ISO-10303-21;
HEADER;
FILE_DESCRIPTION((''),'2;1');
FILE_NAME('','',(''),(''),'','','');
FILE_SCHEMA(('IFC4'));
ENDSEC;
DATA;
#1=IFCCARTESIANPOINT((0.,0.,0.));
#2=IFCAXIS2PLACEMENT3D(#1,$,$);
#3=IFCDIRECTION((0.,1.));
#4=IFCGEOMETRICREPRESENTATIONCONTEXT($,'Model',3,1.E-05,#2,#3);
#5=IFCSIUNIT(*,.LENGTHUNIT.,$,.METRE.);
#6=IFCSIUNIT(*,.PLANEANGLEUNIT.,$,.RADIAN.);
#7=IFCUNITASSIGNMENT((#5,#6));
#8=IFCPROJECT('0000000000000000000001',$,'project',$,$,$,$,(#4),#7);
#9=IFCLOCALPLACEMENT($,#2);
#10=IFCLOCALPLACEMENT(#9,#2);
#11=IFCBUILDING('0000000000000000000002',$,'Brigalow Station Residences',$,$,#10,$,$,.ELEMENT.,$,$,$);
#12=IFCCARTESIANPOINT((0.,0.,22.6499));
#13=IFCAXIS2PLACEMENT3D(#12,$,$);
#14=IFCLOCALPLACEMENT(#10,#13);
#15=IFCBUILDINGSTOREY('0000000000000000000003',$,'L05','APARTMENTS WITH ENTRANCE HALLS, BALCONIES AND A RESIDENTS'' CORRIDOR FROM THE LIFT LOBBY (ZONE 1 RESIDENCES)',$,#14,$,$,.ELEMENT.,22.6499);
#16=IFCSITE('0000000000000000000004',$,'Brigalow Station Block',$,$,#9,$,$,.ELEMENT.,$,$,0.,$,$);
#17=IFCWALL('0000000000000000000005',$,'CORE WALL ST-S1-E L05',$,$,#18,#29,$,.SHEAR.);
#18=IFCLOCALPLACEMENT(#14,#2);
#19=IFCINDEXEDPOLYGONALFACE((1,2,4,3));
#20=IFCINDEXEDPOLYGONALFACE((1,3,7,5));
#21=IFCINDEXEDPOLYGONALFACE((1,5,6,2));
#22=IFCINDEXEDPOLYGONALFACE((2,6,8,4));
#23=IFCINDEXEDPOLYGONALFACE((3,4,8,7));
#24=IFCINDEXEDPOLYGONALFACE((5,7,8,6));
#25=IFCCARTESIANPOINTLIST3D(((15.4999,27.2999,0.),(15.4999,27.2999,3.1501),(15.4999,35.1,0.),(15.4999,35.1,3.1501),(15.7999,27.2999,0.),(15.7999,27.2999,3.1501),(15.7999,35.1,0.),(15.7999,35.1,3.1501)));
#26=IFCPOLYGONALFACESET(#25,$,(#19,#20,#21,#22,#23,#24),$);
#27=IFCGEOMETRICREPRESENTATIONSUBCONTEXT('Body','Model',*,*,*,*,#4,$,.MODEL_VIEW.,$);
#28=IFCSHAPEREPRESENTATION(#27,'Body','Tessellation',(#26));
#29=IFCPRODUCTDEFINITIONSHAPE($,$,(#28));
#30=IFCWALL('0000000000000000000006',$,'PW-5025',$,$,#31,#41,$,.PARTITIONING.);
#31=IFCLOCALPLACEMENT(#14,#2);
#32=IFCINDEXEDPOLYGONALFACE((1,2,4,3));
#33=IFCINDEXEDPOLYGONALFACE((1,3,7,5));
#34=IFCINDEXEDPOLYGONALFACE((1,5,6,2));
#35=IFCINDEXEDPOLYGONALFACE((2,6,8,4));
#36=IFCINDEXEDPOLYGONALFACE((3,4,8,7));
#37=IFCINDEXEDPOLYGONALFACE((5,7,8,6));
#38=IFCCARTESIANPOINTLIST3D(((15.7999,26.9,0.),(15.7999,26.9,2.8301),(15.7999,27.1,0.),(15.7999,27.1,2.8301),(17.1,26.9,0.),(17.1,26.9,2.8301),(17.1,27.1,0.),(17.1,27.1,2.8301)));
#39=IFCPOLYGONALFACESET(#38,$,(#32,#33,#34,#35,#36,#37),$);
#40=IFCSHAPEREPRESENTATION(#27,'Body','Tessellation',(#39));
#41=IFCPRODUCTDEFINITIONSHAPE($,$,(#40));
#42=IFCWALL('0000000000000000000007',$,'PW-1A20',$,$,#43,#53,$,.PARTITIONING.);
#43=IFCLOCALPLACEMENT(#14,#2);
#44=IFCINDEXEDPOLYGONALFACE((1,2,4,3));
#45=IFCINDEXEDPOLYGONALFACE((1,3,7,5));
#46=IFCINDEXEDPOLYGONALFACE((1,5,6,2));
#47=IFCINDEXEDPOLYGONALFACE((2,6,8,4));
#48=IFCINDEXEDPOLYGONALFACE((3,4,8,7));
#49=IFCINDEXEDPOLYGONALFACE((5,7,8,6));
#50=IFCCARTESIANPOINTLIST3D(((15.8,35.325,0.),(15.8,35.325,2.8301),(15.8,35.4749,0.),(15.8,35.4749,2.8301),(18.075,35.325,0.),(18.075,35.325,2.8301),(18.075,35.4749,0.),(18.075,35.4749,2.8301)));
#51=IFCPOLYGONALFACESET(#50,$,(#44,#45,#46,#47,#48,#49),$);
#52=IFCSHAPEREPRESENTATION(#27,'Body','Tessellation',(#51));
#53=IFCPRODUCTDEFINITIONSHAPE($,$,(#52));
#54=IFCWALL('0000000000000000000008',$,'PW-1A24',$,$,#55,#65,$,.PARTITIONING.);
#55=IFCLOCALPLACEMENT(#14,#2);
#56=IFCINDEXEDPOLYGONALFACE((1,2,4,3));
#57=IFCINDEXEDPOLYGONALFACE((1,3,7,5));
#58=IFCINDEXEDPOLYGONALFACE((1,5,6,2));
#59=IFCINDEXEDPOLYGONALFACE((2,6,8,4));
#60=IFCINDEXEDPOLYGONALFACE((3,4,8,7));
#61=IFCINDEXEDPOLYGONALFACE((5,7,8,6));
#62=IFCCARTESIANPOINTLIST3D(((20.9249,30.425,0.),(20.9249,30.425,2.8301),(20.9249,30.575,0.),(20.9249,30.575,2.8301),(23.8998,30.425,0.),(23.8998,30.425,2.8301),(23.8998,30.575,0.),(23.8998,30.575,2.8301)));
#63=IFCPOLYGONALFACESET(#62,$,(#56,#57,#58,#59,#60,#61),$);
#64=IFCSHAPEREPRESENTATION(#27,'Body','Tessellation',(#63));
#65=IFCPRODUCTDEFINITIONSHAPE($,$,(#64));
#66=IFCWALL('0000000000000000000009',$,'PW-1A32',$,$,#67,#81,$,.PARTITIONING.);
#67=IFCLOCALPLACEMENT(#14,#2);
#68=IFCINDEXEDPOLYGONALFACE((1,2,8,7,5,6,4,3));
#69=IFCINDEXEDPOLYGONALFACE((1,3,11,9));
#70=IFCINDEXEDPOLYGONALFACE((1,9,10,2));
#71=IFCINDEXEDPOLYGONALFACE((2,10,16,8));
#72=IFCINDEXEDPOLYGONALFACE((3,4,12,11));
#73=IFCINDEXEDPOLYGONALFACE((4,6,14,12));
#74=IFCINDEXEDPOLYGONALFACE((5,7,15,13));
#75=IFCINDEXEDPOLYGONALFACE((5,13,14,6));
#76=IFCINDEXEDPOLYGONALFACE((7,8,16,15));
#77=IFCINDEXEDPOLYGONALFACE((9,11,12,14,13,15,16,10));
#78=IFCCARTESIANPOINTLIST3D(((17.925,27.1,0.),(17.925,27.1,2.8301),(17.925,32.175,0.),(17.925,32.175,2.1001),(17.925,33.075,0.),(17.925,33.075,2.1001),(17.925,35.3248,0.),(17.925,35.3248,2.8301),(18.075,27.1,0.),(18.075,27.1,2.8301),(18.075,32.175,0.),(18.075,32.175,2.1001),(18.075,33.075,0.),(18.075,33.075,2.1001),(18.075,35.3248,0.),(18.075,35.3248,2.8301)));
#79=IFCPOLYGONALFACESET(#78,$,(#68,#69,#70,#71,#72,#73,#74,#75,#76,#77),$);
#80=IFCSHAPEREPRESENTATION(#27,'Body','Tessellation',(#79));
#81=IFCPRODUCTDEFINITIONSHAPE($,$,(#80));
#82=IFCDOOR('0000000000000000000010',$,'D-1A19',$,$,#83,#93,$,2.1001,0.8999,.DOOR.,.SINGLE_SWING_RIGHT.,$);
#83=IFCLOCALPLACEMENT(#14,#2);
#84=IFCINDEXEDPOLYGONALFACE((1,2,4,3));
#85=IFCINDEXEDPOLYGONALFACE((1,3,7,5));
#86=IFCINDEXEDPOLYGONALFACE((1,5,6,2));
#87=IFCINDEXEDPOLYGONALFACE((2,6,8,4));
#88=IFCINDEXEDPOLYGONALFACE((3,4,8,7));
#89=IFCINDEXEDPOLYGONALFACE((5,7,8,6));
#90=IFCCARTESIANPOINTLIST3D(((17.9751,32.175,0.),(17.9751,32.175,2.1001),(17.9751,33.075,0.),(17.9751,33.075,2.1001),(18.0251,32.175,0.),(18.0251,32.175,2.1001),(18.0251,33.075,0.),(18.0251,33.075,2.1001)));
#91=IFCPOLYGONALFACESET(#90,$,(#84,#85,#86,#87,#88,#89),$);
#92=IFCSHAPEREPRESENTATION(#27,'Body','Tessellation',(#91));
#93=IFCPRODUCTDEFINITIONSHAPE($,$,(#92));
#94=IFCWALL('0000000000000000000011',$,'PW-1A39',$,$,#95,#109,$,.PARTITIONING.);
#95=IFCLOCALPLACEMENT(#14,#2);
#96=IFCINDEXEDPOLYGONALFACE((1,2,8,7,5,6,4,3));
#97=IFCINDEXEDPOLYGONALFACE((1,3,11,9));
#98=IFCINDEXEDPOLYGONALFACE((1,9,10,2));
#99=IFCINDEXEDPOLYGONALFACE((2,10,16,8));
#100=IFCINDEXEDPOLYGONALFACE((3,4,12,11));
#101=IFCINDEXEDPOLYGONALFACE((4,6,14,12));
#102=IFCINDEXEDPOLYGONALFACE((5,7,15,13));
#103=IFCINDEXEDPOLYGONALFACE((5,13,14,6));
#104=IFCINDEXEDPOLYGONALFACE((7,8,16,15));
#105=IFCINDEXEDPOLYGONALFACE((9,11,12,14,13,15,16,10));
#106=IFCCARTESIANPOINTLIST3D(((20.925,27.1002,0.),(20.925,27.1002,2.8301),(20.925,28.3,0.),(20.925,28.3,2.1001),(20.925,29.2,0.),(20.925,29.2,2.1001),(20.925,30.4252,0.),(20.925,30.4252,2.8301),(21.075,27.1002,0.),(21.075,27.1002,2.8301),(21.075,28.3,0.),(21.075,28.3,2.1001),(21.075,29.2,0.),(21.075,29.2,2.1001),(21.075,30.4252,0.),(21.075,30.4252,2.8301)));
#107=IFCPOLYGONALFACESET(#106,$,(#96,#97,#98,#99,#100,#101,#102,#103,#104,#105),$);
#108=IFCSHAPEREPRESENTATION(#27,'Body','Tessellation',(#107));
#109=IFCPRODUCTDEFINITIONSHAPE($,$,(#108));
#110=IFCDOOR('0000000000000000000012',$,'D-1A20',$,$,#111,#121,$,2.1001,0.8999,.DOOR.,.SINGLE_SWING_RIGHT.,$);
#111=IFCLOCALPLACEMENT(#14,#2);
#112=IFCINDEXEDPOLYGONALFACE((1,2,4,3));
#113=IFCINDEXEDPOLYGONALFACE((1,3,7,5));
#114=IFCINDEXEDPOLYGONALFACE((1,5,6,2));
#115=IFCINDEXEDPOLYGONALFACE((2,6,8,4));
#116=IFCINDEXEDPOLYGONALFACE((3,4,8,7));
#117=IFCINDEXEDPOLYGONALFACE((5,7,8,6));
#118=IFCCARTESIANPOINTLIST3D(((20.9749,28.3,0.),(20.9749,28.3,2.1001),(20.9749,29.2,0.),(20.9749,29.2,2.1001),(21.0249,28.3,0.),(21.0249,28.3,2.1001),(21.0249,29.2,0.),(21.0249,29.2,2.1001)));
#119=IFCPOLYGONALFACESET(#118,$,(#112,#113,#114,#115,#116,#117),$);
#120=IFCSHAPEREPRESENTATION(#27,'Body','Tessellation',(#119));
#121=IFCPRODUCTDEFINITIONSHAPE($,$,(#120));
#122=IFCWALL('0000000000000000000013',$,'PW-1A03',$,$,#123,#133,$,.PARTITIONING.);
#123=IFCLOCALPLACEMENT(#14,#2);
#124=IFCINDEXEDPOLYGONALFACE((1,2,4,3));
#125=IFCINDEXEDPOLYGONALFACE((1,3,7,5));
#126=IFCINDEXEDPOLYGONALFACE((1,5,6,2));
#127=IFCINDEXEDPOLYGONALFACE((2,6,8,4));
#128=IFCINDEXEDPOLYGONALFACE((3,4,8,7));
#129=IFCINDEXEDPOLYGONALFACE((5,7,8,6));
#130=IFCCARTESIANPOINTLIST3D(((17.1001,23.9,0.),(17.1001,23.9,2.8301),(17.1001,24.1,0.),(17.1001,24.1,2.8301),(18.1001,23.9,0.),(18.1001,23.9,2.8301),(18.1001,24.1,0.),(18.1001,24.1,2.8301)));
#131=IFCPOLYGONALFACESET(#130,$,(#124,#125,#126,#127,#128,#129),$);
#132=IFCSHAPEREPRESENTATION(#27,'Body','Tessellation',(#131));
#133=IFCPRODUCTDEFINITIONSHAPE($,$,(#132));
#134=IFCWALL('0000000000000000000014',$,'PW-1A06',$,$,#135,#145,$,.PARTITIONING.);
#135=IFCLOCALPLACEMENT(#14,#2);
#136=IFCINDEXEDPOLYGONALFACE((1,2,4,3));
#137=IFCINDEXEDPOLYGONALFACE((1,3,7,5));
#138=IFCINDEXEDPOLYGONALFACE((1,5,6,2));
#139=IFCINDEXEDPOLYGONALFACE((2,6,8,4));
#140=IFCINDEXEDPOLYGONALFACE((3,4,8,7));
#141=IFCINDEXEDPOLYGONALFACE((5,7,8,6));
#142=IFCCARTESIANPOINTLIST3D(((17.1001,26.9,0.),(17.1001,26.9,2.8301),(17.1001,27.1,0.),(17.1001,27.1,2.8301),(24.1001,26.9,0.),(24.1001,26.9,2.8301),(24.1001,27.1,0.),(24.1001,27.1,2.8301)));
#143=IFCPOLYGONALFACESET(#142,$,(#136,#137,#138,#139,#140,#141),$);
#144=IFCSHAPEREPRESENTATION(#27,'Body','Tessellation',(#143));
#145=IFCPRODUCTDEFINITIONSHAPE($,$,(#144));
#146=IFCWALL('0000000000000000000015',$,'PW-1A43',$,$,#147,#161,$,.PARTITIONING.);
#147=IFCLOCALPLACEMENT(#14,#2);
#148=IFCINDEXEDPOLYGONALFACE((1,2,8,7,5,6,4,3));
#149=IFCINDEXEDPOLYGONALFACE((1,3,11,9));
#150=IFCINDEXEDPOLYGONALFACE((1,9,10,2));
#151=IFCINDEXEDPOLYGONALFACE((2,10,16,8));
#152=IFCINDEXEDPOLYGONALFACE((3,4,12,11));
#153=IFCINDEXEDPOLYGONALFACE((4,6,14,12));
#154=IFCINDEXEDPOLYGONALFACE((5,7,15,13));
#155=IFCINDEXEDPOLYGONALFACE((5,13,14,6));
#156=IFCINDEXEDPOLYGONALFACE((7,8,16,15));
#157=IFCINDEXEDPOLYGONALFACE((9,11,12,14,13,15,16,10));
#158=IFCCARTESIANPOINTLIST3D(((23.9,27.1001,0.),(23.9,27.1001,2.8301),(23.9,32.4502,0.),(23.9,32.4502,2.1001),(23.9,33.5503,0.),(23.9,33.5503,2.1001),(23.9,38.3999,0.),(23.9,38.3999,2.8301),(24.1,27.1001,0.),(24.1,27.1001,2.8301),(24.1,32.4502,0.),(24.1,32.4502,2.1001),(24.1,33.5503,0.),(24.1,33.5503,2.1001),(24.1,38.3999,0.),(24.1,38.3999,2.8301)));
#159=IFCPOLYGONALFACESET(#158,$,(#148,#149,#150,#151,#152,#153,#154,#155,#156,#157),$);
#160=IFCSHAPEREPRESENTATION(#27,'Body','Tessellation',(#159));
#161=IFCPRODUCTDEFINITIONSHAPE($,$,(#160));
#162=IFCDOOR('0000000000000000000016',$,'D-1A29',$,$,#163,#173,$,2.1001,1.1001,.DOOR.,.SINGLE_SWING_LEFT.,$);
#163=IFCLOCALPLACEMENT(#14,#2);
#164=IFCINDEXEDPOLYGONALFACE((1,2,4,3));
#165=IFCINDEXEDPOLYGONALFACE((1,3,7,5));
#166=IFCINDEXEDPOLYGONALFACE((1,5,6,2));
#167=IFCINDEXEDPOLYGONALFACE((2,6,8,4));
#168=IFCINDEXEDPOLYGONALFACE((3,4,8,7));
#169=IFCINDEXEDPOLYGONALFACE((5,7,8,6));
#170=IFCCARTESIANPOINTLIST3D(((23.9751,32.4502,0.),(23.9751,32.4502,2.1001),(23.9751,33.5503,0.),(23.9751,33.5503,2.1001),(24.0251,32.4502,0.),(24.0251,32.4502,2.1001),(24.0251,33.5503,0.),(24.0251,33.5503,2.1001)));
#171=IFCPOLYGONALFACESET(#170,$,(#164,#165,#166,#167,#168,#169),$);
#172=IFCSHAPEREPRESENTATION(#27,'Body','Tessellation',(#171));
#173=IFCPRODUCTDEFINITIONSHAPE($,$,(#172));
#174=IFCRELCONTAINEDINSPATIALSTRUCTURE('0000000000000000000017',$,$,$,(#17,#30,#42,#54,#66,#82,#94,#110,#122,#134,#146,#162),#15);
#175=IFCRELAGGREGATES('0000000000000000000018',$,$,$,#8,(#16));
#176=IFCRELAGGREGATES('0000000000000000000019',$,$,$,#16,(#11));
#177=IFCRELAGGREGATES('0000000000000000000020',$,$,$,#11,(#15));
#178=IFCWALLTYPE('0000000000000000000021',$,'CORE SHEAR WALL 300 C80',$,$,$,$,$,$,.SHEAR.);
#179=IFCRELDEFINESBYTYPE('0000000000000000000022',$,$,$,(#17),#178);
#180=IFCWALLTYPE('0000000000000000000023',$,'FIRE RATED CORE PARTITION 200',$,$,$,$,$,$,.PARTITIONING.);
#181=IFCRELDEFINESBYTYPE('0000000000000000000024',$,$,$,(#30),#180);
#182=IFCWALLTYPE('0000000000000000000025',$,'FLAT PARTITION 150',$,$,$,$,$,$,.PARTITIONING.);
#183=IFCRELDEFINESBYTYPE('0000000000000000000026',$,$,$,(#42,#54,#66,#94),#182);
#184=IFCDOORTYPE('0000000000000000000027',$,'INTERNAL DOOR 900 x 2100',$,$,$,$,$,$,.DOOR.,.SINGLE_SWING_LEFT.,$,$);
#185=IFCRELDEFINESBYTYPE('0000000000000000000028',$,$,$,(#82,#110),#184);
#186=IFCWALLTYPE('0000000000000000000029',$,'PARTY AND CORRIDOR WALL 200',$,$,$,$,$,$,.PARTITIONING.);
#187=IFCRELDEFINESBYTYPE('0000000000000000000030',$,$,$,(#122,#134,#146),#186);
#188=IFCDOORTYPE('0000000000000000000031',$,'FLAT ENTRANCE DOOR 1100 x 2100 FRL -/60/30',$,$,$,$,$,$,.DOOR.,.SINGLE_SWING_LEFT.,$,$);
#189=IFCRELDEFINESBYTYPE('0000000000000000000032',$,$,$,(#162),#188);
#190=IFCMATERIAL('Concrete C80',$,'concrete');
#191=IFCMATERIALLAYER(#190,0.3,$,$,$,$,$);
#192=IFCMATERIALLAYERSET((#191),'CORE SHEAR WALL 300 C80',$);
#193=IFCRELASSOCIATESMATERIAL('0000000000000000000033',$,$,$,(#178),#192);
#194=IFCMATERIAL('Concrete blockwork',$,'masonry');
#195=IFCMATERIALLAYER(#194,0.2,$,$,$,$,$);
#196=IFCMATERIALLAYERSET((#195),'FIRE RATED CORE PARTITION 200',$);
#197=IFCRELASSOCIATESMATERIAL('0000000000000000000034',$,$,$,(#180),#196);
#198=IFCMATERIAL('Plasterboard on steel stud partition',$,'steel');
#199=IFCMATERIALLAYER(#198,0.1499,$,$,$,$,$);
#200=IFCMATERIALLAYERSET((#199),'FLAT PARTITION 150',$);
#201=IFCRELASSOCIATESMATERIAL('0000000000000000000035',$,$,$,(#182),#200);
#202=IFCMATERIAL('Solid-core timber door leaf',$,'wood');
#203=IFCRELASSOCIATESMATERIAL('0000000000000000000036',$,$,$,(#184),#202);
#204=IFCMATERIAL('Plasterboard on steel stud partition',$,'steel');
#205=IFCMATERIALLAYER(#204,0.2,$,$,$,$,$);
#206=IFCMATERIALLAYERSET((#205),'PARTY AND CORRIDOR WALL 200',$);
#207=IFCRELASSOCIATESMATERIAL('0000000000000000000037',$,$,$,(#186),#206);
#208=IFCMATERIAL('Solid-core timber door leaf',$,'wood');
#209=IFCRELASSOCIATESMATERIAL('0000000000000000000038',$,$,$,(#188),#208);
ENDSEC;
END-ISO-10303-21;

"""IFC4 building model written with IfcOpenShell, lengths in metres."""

from ifc_helpers import new_model, si_unit, direction, frame, frame_2d, origin, place, context, subcontext, project, spatial, rectangle, extrude, material, layer, layer_set, type_object, element, fill, save


model = new_model("IFC4")

# Units and contexts
model_context = context("Model", 3, precision=1e-05, world=origin(), true_north=direction((0.0, 1.0)))
body_context = subcontext(model_context, "Body", "Model", "MODEL_VIEW")
ifc_project = project(units=[si_unit("LENGTHUNIT", "METRE"), si_unit("PLANEANGLEUNIT", "RADIAN")], contexts=[model_context])

# Site, building, storey
site_placement = place(None, origin())
site = spatial("IfcSite", under=ifc_project, at=site_placement, Name="Brigalow Station Block", CompositionType="ELEMENT", RefElevation=0.0)
building_placement = place(site_placement, origin())
building = spatial("IfcBuilding", under=site, at=building_placement, Name="Brigalow Station Residences", CompositionType="ELEMENT")
storey_placement = place(building_placement, frame((0.0, 0.0, 22.6499)))
storey = spatial("IfcBuildingStorey", under=building, at=storey_placement, Name="L05", Description="APARTMENTS WITH ENTRANCE HALLS, BALCONIES AND A RESIDENTS' CORRIDOR FROM THE LIFT LOBBY (ZONE 1 RESIDENCES)", CompositionType="ELEMENT", Elevation=22.6499)

# Walls
ifc_material_1 = material(Name="Concrete C80", Category="concrete")
ifc_layer_1 = layer(ifc_material_1, 0.3)
ifc_layer_set_1 = layer_set([ifc_layer_1], Name="CORE SHEAR WALL 300 C80")
wall_type_1 = type_object("IfcWallType", Name="CORE SHEAR WALL 300 C80", PredefinedType="SHEAR", material=ifc_layer_set_1)
wall_1_placement = place(storey_placement, frame((15.6499, 27.3, 0.0), z_axis=(0.0, 0.0, 1.0), x_axis=(0.0, 1.0, 0.0)))
element("IfcWall", 1, at=wall_1_placement, inside=storey, type_object=wall_type_1, Name="CORE WALL ST-S1-E L05", PredefinedType="SHEAR", context=body_context, shape_type="SweptSolid", body=[
    extrude(rectangle(XDim=7.8, YDim=0.3, at=frame_2d((3.8999, 0.0))), origin(), (0.0, 0.0, 1.0), 3.1501),
])
ifc_material_2 = material(Name="Concrete blockwork", Category="masonry")
ifc_layer_2 = layer(ifc_material_2, 0.2)
ifc_layer_set_2 = layer_set([ifc_layer_2], Name="FIRE RATED CORE PARTITION 200")
wall_type_2 = type_object("IfcWallType", Name="FIRE RATED CORE PARTITION 200", PredefinedType="PARTITIONING", material=ifc_layer_set_2)
wall_2_placement = place(storey_placement, frame((15.8, 27.0, 0.0), z_axis=(0.0, 0.0, 1.0), x_axis=(1.0, 0.0, 0.0)))
element("IfcWall", 2, at=wall_2_placement, inside=storey, type_object=wall_type_2, Name="PW-5025", PredefinedType="PARTITIONING", context=body_context, shape_type="SweptSolid", body=[
    extrude(rectangle(XDim=1.3, YDim=0.2, at=frame_2d((0.6499, 0.0))), origin(), (0.0, 0.0, 1.0), 2.8301),
])
ifc_material_3 = material(Name="Plasterboard on steel stud partition", Category="steel")
ifc_layer_3 = layer(ifc_material_3, 0.1499)
ifc_layer_set_3 = layer_set([ifc_layer_3], Name="FLAT PARTITION 150")
wall_type_3 = type_object("IfcWallType", Name="FLAT PARTITION 150", PredefinedType="PARTITIONING", material=ifc_layer_set_3)
wall_3_placement = place(storey_placement, frame((15.8, 35.3999, 0.0), z_axis=(0.0, 0.0, 1.0), x_axis=(1.0, 0.0, 0.0)))
element("IfcWall", 3, at=wall_3_placement, inside=storey, type_object=wall_type_3, Name="PW-1A20", PredefinedType="PARTITIONING", context=body_context, shape_type="SweptSolid", body=[
    extrude(rectangle(XDim=2.2749, YDim=0.1499, at=frame_2d((1.1375, 0.0))), origin(), (0.0, 0.0, 1.0), 2.8301),
])
wall_4_placement = place(storey_placement, frame((20.925, 30.5, 0.0), z_axis=(0.0, 0.0, 1.0), x_axis=(1.0, 0.0, 0.0)))
element("IfcWall", 4, at=wall_4_placement, inside=storey, type_object=wall_type_3, Name="PW-1A24", PredefinedType="PARTITIONING", context=body_context, shape_type="SweptSolid", body=[
    extrude(rectangle(XDim=2.9749, YDim=0.1499, at=frame_2d((1.4873, 0.0))), origin(), (0.0, 0.0, 1.0), 2.8301),
])

# Walls, openings, doors
wall_5_placement = place(storey_placement, frame((18.0, 27.1001, 0.0), z_axis=(0.0, 0.0, 1.0), x_axis=(0.0, 1.0, 0.0)))
wall_5 = element("IfcWall", 5, at=wall_5_placement, inside=storey, type_object=wall_type_3, Name="PW-1A32", PredefinedType="PARTITIONING", context=body_context, shape_type="SweptSolid", body=[
    extrude(rectangle(XDim=8.2249, YDim=0.1499, at=frame_2d((4.1123, 0.0))), origin(), (0.0, 0.0, 1.0), 2.8301),
])
opening_1_placement = place(wall_5_placement, frame((5.075, 0.0, 0.0)))
opening_1 = element("IfcOpeningElement", 6, at=opening_1_placement, cuts=wall_5, PredefinedType="OPENING", context=body_context, shape_type="SweptSolid", body=[
    extrude(rectangle(XDim=0.8999, YDim=2.1001, at=frame_2d((0.45, 1.05))), frame((0.0, 0.085, 0.0), z_axis=(0.0, -1.0, 0.0), x_axis=(1.0, 0.0, 0.0)), (0.0, 0.0, 1.0), 0.1699),
])
ifc_material_4 = material(Name="Solid-core timber door leaf", Category="wood")
door_type_1 = type_object("IfcDoorType", Name="INTERNAL DOOR 900 x 2100", OperationType="SINGLE_SWING_LEFT", PredefinedType="DOOR", material=ifc_material_4)
door_1_placement = place(opening_1_placement, origin())
door_1 = element("IfcDoor", 7, at=door_1_placement, inside=storey, type_object=door_type_1, Name="D-1A19", OperationType="SINGLE_SWING_RIGHT", OverallHeight=2.1001, OverallWidth=0.8999, PredefinedType="DOOR", context=body_context, shape_type="SweptSolid", body=[
    extrude(rectangle(XDim=0.8999, YDim=2.1001, at=frame_2d((0.45, 1.05))), frame((0.0, 0.0249, 0.0), z_axis=(0.0, -1.0, 0.0), x_axis=(1.0, 0.0, 0.0)), (0.0, 0.0, 1.0), 0.05),
])
fill(opening_1, door_1)
wall_6_placement = place(storey_placement, frame((21.0, 27.1001, 0.0), z_axis=(0.0, 0.0, 1.0), x_axis=(0.0, 1.0, 0.0)))
wall_6 = element("IfcWall", 8, at=wall_6_placement, inside=storey, type_object=wall_type_3, Name="PW-1A39", PredefinedType="PARTITIONING", context=body_context, shape_type="SweptSolid", body=[
    extrude(rectangle(XDim=3.325, YDim=0.1499, at=frame_2d((1.6626, 0.0))), origin(), (0.0, 0.0, 1.0), 2.8301),
])
opening_2_placement = place(wall_6_placement, frame((1.2, 0.0, 0.0)))
opening_2 = element("IfcOpeningElement", 9, at=opening_2_placement, cuts=wall_6, PredefinedType="OPENING", context=body_context, shape_type="SweptSolid", body=[
    extrude(rectangle(XDim=0.8999, YDim=2.1001, at=frame_2d((0.45, 1.05))), frame((0.0, 0.085, 0.0), z_axis=(0.0, -1.0, 0.0), x_axis=(1.0, 0.0, 0.0)), (0.0, 0.0, 1.0), 0.1699),
])
door_2_placement = place(opening_2_placement, frame((0.8999, 0.0, 0.0), z_axis=(0.0, 0.0, 1.0), x_axis=(-1.0, 0.0, 0.0)))
door_2 = element("IfcDoor", 10, at=door_2_placement, inside=storey, type_object=door_type_1, Name="D-1A20", OperationType="SINGLE_SWING_RIGHT", OverallHeight=2.1001, OverallWidth=0.8999, PredefinedType="DOOR", context=body_context, shape_type="SweptSolid", body=[
    extrude(rectangle(XDim=0.8999, YDim=2.1001, at=frame_2d((0.45, 1.05))), frame((0.0, 0.0249, 0.0), z_axis=(0.0, -1.0, 0.0), x_axis=(1.0, 0.0, 0.0)), (0.0, 0.0, 1.0), 0.05),
])
fill(opening_2, door_2)

# Walls
ifc_material_5 = material(Name="Plasterboard on steel stud partition", Category="steel")
ifc_layer_4 = layer(ifc_material_5, 0.2)
ifc_layer_set_4 = layer_set([ifc_layer_4], Name="PARTY AND CORRIDOR WALL 200")
wall_type_4 = type_object("IfcWallType", Name="PARTY AND CORRIDOR WALL 200", PredefinedType="PARTITIONING", material=ifc_layer_set_4)
wall_7_placement = place(storey_placement, frame((17.1001, 24.0, 0.0), z_axis=(0.0, 0.0, 1.0), x_axis=(1.0, 0.0, 0.0)))
element("IfcWall", 11, at=wall_7_placement, inside=storey, type_object=wall_type_4, Name="PW-1A03", PredefinedType="PARTITIONING", context=body_context, shape_type="SweptSolid", body=[
    extrude(rectangle(XDim=1.0, YDim=0.2, at=frame_2d((0.5, 0.0))), origin(), (0.0, 0.0, 1.0), 2.8301),
])
wall_8_placement = place(storey_placement, frame((17.1001, 27.0, 0.0), z_axis=(0.0, 0.0, 1.0), x_axis=(1.0, 0.0, 0.0)))
element("IfcWall", 12, at=wall_8_placement, inside=storey, type_object=wall_type_4, Name="PW-1A06", PredefinedType="PARTITIONING", context=body_context, shape_type="SweptSolid", body=[
    extrude(rectangle(XDim=7.0, YDim=0.2, at=frame_2d((3.5, 0.0))), origin(), (0.0, 0.0, 1.0), 2.8301),
])

# Wall, opening, door
wall_9_placement = place(storey_placement, frame((24.0, 27.1001, 0.0), z_axis=(0.0, 0.0, 1.0), x_axis=(0.0, 1.0, 0.0)))
wall_9 = element("IfcWall", 13, at=wall_9_placement, inside=storey, type_object=wall_type_4, Name="PW-1A43", PredefinedType="PARTITIONING", context=body_context, shape_type="SweptSolid", body=[
    extrude(rectangle(XDim=11.2998, YDim=0.2, at=frame_2d((5.6499, 0.0))), origin(), (0.0, 0.0, 1.0), 2.8301),
])
opening_3_placement = place(wall_9_placement, frame((5.3501, 0.0, 0.0)))
opening_3 = element("IfcOpeningElement", 14, at=opening_3_placement, cuts=wall_9, PredefinedType="OPENING", context=body_context, shape_type="SweptSolid", body=[
    extrude(rectangle(XDim=1.1001, YDim=2.1001, at=frame_2d((0.55, 1.05))), frame((0.0, 0.1099, 0.0), z_axis=(0.0, -1.0, 0.0), x_axis=(1.0, 0.0, 0.0)), (0.0, 0.0, 1.0), 0.22),
])
ifc_material_6 = material(Name="Solid-core timber door leaf", Category="wood")
door_type_2 = type_object("IfcDoorType", Name="FLAT ENTRANCE DOOR 1100 x 2100 FRL -/60/30", OperationType="SINGLE_SWING_LEFT", PredefinedType="DOOR", material=ifc_material_6)
door_3_placement = place(opening_3_placement, origin())
door_3 = element("IfcDoor", 15, at=door_3_placement, inside=storey, type_object=door_type_2, Name="D-1A29", OperationType="SINGLE_SWING_LEFT", OverallHeight=2.1001, OverallWidth=1.1001, PredefinedType="DOOR", context=body_context, shape_type="SweptSolid", body=[
    extrude(rectangle(XDim=1.1001, YDim=2.1001, at=frame_2d((0.55, 1.05))), frame((0.0, 0.0249, 0.0), z_axis=(0.0, -1.0, 0.0), x_axis=(1.0, 0.0, 0.0)), (0.0, 0.0, 1.0), 0.05),
])
fill(opening_3, door_3)

save(model, "model.ifc")
